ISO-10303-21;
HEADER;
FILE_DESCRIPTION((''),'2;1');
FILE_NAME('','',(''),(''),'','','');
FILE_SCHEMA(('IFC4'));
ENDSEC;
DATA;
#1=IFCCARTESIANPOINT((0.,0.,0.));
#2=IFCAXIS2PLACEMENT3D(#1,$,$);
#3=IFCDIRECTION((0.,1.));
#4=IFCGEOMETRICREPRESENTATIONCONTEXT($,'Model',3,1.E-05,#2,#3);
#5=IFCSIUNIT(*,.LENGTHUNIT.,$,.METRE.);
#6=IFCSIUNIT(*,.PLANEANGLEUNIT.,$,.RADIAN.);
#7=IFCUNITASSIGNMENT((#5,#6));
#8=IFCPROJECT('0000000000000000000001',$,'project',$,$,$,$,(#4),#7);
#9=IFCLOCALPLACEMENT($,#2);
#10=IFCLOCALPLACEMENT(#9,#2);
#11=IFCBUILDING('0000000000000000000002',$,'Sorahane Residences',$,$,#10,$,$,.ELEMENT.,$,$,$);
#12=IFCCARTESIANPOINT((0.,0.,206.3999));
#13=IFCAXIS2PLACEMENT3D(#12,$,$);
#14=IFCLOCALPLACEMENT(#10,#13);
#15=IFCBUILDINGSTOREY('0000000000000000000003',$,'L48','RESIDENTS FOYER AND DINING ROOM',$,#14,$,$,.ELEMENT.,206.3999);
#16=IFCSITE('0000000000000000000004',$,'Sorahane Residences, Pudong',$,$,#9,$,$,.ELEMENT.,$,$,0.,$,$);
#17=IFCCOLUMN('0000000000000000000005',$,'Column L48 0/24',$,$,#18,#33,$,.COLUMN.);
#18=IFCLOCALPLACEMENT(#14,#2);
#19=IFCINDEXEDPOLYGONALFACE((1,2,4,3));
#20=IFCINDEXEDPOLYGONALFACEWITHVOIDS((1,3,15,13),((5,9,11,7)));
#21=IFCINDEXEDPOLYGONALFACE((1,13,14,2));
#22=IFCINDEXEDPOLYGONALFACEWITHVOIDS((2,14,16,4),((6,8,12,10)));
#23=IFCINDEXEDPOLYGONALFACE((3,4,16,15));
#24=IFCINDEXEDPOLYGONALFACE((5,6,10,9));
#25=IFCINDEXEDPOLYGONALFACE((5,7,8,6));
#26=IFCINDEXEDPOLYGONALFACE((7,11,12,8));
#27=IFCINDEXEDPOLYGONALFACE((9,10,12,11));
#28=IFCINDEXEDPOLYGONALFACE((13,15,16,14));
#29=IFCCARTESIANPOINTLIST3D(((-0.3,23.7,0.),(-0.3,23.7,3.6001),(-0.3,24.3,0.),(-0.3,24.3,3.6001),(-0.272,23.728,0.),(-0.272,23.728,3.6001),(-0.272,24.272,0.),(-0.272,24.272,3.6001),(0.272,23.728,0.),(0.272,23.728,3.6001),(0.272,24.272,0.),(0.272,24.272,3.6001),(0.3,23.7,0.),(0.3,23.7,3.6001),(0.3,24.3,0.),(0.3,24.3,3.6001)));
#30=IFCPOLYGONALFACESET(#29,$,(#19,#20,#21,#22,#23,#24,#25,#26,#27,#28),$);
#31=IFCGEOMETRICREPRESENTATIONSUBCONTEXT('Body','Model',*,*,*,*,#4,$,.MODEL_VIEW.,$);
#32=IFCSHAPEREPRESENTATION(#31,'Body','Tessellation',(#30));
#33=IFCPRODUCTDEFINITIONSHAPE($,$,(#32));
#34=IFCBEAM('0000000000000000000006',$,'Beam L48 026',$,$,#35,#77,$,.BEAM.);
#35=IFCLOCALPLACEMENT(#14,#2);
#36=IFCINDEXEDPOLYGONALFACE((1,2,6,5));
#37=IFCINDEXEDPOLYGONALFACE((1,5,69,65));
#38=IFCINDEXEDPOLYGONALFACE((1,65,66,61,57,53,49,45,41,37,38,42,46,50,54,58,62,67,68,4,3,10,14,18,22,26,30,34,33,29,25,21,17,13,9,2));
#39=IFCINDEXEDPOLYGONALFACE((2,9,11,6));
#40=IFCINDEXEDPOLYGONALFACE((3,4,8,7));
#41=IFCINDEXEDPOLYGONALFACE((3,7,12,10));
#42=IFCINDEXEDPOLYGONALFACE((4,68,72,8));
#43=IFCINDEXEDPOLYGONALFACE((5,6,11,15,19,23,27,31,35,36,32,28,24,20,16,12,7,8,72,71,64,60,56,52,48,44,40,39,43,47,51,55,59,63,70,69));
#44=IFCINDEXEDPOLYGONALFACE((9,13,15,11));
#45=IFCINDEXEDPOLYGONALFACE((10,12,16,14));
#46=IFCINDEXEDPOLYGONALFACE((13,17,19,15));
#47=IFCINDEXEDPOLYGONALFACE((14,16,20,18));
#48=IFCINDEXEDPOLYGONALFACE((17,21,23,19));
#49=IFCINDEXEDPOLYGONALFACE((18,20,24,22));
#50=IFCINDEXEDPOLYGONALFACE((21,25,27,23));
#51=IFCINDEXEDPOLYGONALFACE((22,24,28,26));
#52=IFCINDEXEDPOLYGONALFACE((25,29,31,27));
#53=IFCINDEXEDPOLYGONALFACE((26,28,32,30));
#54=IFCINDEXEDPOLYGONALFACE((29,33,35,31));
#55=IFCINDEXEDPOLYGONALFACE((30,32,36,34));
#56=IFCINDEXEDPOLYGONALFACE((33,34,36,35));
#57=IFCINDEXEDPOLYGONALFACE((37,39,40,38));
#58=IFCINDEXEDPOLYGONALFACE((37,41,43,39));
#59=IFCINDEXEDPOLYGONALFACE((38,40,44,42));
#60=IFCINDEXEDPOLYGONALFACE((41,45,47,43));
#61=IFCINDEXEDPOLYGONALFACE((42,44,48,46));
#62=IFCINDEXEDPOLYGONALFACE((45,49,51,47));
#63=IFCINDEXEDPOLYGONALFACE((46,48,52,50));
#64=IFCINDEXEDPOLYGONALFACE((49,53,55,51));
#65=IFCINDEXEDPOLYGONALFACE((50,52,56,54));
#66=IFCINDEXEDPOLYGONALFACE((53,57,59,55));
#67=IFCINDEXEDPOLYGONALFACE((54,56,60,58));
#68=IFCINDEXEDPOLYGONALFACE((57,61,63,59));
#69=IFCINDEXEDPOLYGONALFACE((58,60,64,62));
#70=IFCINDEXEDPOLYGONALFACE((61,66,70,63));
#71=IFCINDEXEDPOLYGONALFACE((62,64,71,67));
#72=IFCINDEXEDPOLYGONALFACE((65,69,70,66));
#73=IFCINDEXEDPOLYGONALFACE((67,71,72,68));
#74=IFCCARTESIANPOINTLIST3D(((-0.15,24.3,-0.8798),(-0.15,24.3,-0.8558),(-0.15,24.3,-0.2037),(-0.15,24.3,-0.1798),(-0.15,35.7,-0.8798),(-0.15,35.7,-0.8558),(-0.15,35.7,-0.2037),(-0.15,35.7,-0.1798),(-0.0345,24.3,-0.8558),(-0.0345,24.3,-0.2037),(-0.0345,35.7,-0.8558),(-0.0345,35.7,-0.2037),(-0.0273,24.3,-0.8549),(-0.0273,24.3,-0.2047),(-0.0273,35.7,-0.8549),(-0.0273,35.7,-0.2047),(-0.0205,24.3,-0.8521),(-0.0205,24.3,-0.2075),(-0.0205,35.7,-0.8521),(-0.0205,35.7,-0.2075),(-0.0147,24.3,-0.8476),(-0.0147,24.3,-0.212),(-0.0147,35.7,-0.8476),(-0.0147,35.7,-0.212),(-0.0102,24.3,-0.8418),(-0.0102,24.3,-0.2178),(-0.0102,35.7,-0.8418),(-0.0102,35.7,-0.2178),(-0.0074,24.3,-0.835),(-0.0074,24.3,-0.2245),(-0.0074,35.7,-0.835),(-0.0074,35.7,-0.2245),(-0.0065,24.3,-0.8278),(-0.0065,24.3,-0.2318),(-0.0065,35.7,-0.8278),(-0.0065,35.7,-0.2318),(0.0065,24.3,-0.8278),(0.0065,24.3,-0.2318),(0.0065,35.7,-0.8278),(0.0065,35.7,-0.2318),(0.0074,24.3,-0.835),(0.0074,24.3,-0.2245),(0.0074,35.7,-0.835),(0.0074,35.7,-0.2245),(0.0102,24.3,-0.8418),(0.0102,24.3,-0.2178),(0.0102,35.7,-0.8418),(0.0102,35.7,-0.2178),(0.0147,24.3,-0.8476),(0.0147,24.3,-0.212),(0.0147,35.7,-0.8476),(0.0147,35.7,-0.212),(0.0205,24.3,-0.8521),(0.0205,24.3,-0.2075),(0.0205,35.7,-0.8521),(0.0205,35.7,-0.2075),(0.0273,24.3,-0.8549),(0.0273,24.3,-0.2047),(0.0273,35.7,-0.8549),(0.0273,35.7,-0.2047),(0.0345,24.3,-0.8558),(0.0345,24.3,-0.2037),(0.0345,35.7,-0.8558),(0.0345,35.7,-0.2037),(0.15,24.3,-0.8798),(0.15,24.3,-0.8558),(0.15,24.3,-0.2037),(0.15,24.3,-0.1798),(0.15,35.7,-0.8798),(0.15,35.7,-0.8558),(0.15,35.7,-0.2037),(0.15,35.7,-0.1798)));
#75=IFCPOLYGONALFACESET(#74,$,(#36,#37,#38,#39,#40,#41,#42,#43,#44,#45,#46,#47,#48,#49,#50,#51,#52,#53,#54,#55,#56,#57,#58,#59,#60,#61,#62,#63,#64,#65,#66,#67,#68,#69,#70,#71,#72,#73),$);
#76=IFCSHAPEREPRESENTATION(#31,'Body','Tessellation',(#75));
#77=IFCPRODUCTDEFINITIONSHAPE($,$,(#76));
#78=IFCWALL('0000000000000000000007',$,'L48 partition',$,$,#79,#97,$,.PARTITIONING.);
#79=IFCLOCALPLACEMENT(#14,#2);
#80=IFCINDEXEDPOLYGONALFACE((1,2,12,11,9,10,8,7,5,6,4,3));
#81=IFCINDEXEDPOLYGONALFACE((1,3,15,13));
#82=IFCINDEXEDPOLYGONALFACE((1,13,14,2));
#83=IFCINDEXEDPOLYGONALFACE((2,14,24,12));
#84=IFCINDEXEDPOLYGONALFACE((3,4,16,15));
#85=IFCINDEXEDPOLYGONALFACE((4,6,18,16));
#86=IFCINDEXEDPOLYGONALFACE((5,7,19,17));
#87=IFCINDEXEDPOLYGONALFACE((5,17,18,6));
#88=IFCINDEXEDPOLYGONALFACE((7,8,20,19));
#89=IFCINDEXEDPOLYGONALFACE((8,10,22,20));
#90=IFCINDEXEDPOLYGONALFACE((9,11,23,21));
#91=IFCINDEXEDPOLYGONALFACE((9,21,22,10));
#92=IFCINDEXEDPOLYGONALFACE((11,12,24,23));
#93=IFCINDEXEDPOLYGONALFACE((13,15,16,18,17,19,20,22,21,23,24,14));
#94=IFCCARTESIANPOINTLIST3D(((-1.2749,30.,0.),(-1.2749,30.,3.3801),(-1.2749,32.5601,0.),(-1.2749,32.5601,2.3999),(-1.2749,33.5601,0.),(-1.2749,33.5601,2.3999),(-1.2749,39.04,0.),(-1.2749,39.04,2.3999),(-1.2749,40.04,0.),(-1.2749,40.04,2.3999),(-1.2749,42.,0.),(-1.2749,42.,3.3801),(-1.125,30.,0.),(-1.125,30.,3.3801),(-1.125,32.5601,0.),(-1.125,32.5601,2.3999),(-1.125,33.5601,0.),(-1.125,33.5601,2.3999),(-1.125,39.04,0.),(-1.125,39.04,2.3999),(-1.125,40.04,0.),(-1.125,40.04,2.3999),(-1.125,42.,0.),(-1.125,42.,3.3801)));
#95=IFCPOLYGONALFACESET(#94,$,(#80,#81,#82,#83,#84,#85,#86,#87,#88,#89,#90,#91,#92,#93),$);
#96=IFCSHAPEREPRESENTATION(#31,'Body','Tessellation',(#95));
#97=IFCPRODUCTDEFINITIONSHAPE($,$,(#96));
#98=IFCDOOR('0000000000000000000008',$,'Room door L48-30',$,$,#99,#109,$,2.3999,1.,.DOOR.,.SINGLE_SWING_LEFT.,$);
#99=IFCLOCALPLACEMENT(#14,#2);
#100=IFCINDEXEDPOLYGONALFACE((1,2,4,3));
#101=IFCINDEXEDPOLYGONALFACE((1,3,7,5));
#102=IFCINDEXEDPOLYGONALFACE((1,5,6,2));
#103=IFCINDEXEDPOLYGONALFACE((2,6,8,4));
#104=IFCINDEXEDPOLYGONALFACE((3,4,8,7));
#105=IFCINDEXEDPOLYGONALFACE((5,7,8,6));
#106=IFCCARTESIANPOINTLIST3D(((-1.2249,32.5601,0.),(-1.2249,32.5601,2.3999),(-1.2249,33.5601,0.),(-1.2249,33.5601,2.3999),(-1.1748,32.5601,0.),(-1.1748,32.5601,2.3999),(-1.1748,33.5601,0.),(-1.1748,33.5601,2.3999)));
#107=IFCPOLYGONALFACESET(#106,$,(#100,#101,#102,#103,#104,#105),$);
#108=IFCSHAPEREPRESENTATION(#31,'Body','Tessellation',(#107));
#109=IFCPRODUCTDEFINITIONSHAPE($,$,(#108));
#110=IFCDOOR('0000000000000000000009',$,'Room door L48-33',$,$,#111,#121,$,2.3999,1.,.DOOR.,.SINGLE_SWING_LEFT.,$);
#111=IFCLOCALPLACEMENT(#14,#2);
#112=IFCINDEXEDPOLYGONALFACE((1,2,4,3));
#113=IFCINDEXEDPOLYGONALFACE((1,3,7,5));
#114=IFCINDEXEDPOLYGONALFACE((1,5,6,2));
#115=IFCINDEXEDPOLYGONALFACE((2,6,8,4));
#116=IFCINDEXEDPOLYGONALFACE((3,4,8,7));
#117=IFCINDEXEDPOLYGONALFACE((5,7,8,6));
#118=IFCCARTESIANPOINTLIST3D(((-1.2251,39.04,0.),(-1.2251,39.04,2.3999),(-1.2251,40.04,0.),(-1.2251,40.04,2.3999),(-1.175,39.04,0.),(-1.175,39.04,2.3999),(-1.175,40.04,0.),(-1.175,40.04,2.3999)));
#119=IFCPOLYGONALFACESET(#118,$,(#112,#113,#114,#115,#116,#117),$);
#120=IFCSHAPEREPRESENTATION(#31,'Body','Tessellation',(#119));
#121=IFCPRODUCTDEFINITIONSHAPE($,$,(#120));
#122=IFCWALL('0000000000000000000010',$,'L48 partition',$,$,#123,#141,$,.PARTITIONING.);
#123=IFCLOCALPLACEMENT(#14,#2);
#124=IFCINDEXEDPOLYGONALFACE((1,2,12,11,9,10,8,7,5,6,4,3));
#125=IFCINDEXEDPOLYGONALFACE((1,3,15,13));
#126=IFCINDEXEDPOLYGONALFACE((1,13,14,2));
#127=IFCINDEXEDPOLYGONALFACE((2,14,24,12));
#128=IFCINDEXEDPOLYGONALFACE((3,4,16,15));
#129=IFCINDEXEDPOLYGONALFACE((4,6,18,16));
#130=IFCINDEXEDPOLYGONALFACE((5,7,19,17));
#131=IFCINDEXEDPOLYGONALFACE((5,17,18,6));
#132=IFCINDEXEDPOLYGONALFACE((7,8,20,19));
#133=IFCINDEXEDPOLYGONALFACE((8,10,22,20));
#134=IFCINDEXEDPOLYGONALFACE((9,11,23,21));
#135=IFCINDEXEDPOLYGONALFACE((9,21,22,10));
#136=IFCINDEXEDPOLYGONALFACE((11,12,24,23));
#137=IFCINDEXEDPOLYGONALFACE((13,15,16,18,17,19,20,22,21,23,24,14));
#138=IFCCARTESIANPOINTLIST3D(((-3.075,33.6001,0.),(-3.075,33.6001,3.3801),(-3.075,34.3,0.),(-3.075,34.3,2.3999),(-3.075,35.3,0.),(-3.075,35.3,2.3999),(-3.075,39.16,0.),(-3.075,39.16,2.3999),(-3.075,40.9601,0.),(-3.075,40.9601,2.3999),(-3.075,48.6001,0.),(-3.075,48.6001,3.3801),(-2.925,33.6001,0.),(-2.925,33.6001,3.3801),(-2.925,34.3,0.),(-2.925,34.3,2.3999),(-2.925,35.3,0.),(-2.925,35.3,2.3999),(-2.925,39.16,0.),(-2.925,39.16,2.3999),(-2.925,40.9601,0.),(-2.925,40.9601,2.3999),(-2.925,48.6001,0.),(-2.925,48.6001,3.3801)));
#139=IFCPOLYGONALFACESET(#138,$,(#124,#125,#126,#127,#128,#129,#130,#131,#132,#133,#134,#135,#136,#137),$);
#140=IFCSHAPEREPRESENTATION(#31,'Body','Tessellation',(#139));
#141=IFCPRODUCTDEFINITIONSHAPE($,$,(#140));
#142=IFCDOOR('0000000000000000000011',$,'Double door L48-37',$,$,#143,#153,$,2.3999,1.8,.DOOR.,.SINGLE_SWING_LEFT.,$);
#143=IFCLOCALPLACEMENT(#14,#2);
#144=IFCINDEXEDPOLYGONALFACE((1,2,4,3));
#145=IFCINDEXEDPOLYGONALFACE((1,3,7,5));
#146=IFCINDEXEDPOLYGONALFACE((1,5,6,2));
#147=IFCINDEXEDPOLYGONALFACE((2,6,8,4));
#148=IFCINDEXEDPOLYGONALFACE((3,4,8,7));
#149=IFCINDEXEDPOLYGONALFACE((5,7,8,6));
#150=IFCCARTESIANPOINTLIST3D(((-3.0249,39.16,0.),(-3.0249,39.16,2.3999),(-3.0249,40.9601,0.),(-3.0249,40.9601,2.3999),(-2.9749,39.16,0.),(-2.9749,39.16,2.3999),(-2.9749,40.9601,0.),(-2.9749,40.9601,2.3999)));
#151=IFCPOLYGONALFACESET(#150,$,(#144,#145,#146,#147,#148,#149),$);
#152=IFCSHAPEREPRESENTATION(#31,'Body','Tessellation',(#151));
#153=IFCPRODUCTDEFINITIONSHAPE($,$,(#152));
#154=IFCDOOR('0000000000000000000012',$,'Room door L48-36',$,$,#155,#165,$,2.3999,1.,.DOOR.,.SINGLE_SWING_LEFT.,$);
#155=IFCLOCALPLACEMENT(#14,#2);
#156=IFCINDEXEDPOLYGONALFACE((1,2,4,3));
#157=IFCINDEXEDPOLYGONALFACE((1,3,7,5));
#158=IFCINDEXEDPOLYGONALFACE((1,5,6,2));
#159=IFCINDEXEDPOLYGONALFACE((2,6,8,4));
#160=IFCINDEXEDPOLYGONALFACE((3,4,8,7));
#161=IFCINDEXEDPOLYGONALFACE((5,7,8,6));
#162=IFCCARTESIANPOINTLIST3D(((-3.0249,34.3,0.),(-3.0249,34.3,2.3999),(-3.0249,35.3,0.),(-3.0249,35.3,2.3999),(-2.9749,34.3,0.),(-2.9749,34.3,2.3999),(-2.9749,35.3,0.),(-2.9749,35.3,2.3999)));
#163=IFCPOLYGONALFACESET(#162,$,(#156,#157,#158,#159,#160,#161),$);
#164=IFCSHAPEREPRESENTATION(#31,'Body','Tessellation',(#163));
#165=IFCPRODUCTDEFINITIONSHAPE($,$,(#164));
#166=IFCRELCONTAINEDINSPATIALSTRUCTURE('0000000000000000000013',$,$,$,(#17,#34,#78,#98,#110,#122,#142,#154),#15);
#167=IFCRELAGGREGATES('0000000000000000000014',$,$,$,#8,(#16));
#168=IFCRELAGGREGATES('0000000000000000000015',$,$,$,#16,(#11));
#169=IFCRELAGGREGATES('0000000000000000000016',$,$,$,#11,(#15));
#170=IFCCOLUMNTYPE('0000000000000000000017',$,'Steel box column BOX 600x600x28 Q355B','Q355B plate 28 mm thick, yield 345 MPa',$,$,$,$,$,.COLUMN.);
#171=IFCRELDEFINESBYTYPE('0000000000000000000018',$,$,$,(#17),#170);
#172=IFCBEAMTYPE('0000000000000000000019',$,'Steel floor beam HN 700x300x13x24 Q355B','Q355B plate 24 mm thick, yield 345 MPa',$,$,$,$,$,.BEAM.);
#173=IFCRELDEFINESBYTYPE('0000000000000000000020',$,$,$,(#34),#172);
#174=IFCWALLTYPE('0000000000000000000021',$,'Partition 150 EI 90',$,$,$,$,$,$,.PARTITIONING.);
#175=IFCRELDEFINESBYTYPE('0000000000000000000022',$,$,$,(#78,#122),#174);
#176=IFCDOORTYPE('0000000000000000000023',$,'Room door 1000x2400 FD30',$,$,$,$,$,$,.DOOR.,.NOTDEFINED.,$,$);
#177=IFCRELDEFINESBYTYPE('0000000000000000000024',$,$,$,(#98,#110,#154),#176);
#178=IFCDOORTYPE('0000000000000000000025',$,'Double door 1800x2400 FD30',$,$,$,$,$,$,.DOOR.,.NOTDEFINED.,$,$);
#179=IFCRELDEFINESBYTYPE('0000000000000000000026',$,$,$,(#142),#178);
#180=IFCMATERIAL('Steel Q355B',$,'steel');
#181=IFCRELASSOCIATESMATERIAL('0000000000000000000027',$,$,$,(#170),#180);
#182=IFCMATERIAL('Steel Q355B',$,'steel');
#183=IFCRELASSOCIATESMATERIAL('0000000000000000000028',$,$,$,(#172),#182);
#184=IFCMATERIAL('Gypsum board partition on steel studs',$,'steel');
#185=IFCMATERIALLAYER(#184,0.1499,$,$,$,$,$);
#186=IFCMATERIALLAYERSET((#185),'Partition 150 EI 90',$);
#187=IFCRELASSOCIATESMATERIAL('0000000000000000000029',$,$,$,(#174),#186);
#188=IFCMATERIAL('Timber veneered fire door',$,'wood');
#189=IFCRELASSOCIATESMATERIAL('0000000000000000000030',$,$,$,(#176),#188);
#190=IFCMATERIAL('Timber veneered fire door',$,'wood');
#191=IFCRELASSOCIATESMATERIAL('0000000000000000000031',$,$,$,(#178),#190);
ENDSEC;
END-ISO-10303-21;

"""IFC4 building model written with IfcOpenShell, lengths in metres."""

from ifc_helpers import new_model, si_unit, direction, frame, frame_2d, origin, origin_2d, place, context, subcontext, project, spatial, rectangle, hollow_rectangle, i_section, extrude, material, layer, layer_set, material_profile, profile_set, type_object, element, fill, save


model = new_model("IFC4")

# Units and contexts
model_context = context("Model", 3, precision=1e-05, world=origin(), true_north=direction((0.0, 1.0)))
body_context = subcontext(model_context, "Body", "Model", "MODEL_VIEW")
ifc_project = project(units=[si_unit("LENGTHUNIT", "METRE"), si_unit("PLANEANGLEUNIT", "RADIAN")], contexts=[model_context])

# Site, building, storey
site_placement = place(None, origin())
site = spatial("IfcSite", under=ifc_project, at=site_placement, Name="Sorahane Residences, Pudong", CompositionType="ELEMENT", RefElevation=0.0)
building_placement = place(site_placement, origin())
building = spatial("IfcBuilding", under=site, at=building_placement, Name="Sorahane Residences", CompositionType="ELEMENT")
storey_placement = place(building_placement, frame((0.0, 0.0, 206.3999)))
storey = spatial("IfcBuildingStorey", under=building, at=storey_placement, Name="L48", Description="RESIDENTS FOYER AND DINING ROOM", CompositionType="ELEMENT", Elevation=206.3999)

# Column
ifc_material_1 = material(Name="Steel Q355B", Category="steel")
ifc_material_profile_1 = material_profile(ifc_material_1, hollow_rectangle(XDim=0.6001, YDim=0.6001, WallThickness=0.0281, at=origin_2d()), Name="BOX 600x600x28")
ifc_profile_set_1 = profile_set([ifc_material_profile_1], Name="Steel Q355B")
column_type = type_object("IfcColumnType", Name="Steel box column BOX 600x600x28 Q355B", Description="Q355B plate 28 mm thick, yield 345 MPa", PredefinedType="COLUMN", material=ifc_profile_set_1)
column_placement = place(storey_placement, frame((0.0, 24.0, 0.0), z_axis=(0.0, 0.0, 1.0), x_axis=(1.0, 0.0, 0.0)))
element("IfcColumn", 1, at=column_placement, inside=storey, type_object=column_type, Name="Column L48 0/24", PredefinedType="COLUMN", context=body_context, shape_type="SweptSolid", body=[
    extrude(hollow_rectangle(XDim=0.6001, YDim=0.6001, WallThickness=0.0281, at=origin_2d()), origin(), (0.0, 0.0, 1.0), 3.6001),
])

# Beam
ifc_material_2 = material(Name="Steel Q355B", Category="steel")
ifc_material_profile_2 = material_profile(ifc_material_2, i_section(OverallWidth=0.3, OverallDepth=0.7, WebThickness=0.0129, FlangeThickness=0.0239, FilletRadius=0.0281, at=origin_2d()), Name="HN 700x300x13x24")
ifc_profile_set_2 = profile_set([ifc_material_profile_2], Name="Steel Q355B")
beam_type = type_object("IfcBeamType", Name="Steel floor beam HN 700x300x13x24 Q355B", Description="Q355B plate 24 mm thick, yield 345 MPa", PredefinedType="BEAM", material=ifc_profile_set_2)
beam_placement = place(storey_placement, frame((0.0, 24.3, -0.5298), z_axis=(0.0, 1.0, 0.0), x_axis=(-1.0, 0.0, 0.0)))
element("IfcBeam", 2, at=beam_placement, inside=storey, type_object=beam_type, Name="Beam L48 026", PredefinedType="BEAM", context=body_context, shape_type="SweptSolid", body=[
    extrude(i_section(OverallWidth=0.3, OverallDepth=0.7, WebThickness=0.0129, FlangeThickness=0.0239, FilletRadius=0.0281, at=origin_2d()), origin(), (0.0, 0.0, 1.0), 11.3999),
])

# Walls, openings, doors
ifc_material_3 = material(Name="Gypsum board partition on steel studs", Category="steel")
ifc_layer_1 = layer(ifc_material_3, 0.1499)
ifc_layer_set_1 = layer_set([ifc_layer_1], Name="Partition 150 EI 90")
wall_type_1 = type_object("IfcWallType", Name="Partition 150 EI 90", PredefinedType="PARTITIONING", material=ifc_layer_set_1)
wall_1_placement = place(storey_placement, frame((-1.2, 30.0, 0.0), z_axis=(0.0, 0.0, 1.0), x_axis=(0.0, 1.0, 0.0)))
wall_1 = element("IfcWall", 3, at=wall_1_placement, inside=storey, type_object=wall_type_1, Name="L48 partition", PredefinedType="PARTITIONING", context=body_context, shape_type="SweptSolid", body=[
    extrude(rectangle(XDim=12.0, YDim=0.1499, at=frame_2d((6.0, 0.0))), origin(), (0.0, 0.0, 1.0), 3.3801),
])
opening_1_placement = place(wall_1_placement, frame((2.5601, 0.0, 0.0)))
opening_1 = element("IfcOpeningElement", 4, at=opening_1_placement, cuts=wall_1, PredefinedType="OPENING", context=body_context, shape_type="SweptSolid", body=[
    extrude(rectangle(XDim=1.0, YDim=2.3999, at=frame_2d((0.5, 1.2))), frame((0.0, 0.085, 0.0), z_axis=(0.0, -1.0, 0.0), x_axis=(1.0, 0.0, 0.0)), (0.0, 0.0, 1.0), 0.1699),
])
opening_2_placement = place(wall_1_placement, frame((9.04, 0.0, 0.0)))
opening_2 = element("IfcOpeningElement", 5, at=opening_2_placement, cuts=wall_1, PredefinedType="OPENING", context=body_context, shape_type="SweptSolid", body=[
    extrude(rectangle(XDim=1.0, YDim=2.3999, at=frame_2d((0.5, 1.2))), frame((0.0, 0.085, 0.0), z_axis=(0.0, -1.0, 0.0), x_axis=(1.0, 0.0, 0.0)), (0.0, 0.0, 1.0), 0.1699),
])
ifc_material_4 = material(Name="Timber veneered fire door", Category="wood")
door_type_1 = type_object("IfcDoorType", Name="Room door 1000x2400 FD30", OperationType="NOTDEFINED", PredefinedType="DOOR", material=ifc_material_4)
door_1_placement = place(opening_1_placement, origin())
door_1 = element("IfcDoor", 6, at=door_1_placement, inside=storey, type_object=door_type_1, Name="Room door L48-30", OperationType="SINGLE_SWING_LEFT", OverallHeight=2.3999, OverallWidth=1.0, PredefinedType="DOOR", context=body_context, shape_type="SweptSolid", body=[
    extrude(rectangle(XDim=1.0, YDim=2.3999, at=frame_2d((0.5, 1.2))), frame((0.0, 0.0249, 0.0), z_axis=(0.0, -1.0, 0.0), x_axis=(1.0, 0.0, 0.0)), (0.0, 0.0, 1.0), 0.05),
])
fill(opening_1, door_1)
door_2_placement = place(opening_2_placement, frame((1.0, 0.0, 0.0), z_axis=(0.0, 0.0, 1.0), x_axis=(-1.0, 0.0, 0.0)))
door_2 = element("IfcDoor", 7, at=door_2_placement, inside=storey, type_object=door_type_1, Name="Room door L48-33", OperationType="SINGLE_SWING_LEFT", OverallHeight=2.3999, OverallWidth=1.0, PredefinedType="DOOR", context=body_context, shape_type="SweptSolid", body=[
    extrude(rectangle(XDim=1.0, YDim=2.3999, at=frame_2d((0.5, 1.2))), frame((0.0, 0.0249, 0.0), z_axis=(0.0, -1.0, 0.0), x_axis=(1.0, 0.0, 0.0)), (0.0, 0.0, 1.0), 0.05),
])
fill(opening_2, door_2)
wall_2_placement = place(storey_placement, frame((-3.0, 33.6001, 0.0), z_axis=(0.0, 0.0, 1.0), x_axis=(0.0, 1.0, 0.0)))
wall_2 = element("IfcWall", 8, at=wall_2_placement, inside=storey, type_object=wall_type_1, Name="L48 partition", PredefinedType="PARTITIONING", context=body_context, shape_type="SweptSolid", body=[
    extrude(rectangle(XDim=15.0, YDim=0.1499, at=frame_2d((7.5, 0.0))), origin(), (0.0, 0.0, 1.0), 3.3801),
])
opening_3_placement = place(wall_2_placement, frame((0.7, 0.0, 0.0)))
opening_3 = element("IfcOpeningElement", 9, at=opening_3_placement, cuts=wall_2, PredefinedType="OPENING", context=body_context, shape_type="SweptSolid", body=[
    extrude(rectangle(XDim=1.0, YDim=2.3999, at=frame_2d((0.5, 1.2))), frame((0.0, 0.085, 0.0), z_axis=(0.0, -1.0, 0.0), x_axis=(1.0, 0.0, 0.0)), (0.0, 0.0, 1.0), 0.1699),
])
opening_4_placement = place(wall_2_placement, frame((5.5601, 0.0, 0.0)))
opening_4 = element("IfcOpeningElement", 10, at=opening_4_placement, cuts=wall_2, PredefinedType="OPENING", context=body_context, shape_type="SweptSolid", body=[
    extrude(rectangle(XDim=1.8, YDim=2.3999, at=frame_2d((0.8999, 1.2))), frame((0.0, 0.085, 0.0), z_axis=(0.0, -1.0, 0.0), x_axis=(1.0, 0.0, 0.0)), (0.0, 0.0, 1.0), 0.1699),
])
ifc_material_5 = material(Name="Timber veneered fire door", Category="wood")
door_type_2 = type_object("IfcDoorType", Name="Double door 1800x2400 FD30", OperationType="NOTDEFINED", PredefinedType="DOOR", material=ifc_material_5)
door_3_placement = place(opening_4_placement, origin())
door_3 = element("IfcDoor", 11, at=door_3_placement, inside=storey, type_object=door_type_2, Name="Double door L48-37", OperationType="SINGLE_SWING_LEFT", OverallHeight=2.3999, OverallWidth=1.8, PredefinedType="DOOR", context=body_context, shape_type="SweptSolid", body=[
    extrude(rectangle(XDim=1.8, YDim=2.3999, at=frame_2d((0.8999, 1.2))), frame((0.0, 0.0249, 0.0), z_axis=(0.0, -1.0, 0.0), x_axis=(1.0, 0.0, 0.0)), (0.0, 0.0, 1.0), 0.05),
])
fill(opening_4, door_3)
door_4_placement = place(opening_3_placement, origin())
door_4 = element("IfcDoor", 12, at=door_4_placement, inside=storey, type_object=door_type_1, Name="Room door L48-36", OperationType="SINGLE_SWING_LEFT", OverallHeight=2.3999, OverallWidth=1.0, PredefinedType="DOOR", context=body_context, shape_type="SweptSolid", body=[
    extrude(rectangle(XDim=1.0, YDim=2.3999, at=frame_2d((0.5, 1.2))), frame((0.0, 0.0249, 0.0), z_axis=(0.0, -1.0, 0.0), x_axis=(1.0, 0.0, 0.0)), (0.0, 0.0, 1.0), 0.05),
])
fill(opening_3, door_4)

save(model, "model.ifc")
